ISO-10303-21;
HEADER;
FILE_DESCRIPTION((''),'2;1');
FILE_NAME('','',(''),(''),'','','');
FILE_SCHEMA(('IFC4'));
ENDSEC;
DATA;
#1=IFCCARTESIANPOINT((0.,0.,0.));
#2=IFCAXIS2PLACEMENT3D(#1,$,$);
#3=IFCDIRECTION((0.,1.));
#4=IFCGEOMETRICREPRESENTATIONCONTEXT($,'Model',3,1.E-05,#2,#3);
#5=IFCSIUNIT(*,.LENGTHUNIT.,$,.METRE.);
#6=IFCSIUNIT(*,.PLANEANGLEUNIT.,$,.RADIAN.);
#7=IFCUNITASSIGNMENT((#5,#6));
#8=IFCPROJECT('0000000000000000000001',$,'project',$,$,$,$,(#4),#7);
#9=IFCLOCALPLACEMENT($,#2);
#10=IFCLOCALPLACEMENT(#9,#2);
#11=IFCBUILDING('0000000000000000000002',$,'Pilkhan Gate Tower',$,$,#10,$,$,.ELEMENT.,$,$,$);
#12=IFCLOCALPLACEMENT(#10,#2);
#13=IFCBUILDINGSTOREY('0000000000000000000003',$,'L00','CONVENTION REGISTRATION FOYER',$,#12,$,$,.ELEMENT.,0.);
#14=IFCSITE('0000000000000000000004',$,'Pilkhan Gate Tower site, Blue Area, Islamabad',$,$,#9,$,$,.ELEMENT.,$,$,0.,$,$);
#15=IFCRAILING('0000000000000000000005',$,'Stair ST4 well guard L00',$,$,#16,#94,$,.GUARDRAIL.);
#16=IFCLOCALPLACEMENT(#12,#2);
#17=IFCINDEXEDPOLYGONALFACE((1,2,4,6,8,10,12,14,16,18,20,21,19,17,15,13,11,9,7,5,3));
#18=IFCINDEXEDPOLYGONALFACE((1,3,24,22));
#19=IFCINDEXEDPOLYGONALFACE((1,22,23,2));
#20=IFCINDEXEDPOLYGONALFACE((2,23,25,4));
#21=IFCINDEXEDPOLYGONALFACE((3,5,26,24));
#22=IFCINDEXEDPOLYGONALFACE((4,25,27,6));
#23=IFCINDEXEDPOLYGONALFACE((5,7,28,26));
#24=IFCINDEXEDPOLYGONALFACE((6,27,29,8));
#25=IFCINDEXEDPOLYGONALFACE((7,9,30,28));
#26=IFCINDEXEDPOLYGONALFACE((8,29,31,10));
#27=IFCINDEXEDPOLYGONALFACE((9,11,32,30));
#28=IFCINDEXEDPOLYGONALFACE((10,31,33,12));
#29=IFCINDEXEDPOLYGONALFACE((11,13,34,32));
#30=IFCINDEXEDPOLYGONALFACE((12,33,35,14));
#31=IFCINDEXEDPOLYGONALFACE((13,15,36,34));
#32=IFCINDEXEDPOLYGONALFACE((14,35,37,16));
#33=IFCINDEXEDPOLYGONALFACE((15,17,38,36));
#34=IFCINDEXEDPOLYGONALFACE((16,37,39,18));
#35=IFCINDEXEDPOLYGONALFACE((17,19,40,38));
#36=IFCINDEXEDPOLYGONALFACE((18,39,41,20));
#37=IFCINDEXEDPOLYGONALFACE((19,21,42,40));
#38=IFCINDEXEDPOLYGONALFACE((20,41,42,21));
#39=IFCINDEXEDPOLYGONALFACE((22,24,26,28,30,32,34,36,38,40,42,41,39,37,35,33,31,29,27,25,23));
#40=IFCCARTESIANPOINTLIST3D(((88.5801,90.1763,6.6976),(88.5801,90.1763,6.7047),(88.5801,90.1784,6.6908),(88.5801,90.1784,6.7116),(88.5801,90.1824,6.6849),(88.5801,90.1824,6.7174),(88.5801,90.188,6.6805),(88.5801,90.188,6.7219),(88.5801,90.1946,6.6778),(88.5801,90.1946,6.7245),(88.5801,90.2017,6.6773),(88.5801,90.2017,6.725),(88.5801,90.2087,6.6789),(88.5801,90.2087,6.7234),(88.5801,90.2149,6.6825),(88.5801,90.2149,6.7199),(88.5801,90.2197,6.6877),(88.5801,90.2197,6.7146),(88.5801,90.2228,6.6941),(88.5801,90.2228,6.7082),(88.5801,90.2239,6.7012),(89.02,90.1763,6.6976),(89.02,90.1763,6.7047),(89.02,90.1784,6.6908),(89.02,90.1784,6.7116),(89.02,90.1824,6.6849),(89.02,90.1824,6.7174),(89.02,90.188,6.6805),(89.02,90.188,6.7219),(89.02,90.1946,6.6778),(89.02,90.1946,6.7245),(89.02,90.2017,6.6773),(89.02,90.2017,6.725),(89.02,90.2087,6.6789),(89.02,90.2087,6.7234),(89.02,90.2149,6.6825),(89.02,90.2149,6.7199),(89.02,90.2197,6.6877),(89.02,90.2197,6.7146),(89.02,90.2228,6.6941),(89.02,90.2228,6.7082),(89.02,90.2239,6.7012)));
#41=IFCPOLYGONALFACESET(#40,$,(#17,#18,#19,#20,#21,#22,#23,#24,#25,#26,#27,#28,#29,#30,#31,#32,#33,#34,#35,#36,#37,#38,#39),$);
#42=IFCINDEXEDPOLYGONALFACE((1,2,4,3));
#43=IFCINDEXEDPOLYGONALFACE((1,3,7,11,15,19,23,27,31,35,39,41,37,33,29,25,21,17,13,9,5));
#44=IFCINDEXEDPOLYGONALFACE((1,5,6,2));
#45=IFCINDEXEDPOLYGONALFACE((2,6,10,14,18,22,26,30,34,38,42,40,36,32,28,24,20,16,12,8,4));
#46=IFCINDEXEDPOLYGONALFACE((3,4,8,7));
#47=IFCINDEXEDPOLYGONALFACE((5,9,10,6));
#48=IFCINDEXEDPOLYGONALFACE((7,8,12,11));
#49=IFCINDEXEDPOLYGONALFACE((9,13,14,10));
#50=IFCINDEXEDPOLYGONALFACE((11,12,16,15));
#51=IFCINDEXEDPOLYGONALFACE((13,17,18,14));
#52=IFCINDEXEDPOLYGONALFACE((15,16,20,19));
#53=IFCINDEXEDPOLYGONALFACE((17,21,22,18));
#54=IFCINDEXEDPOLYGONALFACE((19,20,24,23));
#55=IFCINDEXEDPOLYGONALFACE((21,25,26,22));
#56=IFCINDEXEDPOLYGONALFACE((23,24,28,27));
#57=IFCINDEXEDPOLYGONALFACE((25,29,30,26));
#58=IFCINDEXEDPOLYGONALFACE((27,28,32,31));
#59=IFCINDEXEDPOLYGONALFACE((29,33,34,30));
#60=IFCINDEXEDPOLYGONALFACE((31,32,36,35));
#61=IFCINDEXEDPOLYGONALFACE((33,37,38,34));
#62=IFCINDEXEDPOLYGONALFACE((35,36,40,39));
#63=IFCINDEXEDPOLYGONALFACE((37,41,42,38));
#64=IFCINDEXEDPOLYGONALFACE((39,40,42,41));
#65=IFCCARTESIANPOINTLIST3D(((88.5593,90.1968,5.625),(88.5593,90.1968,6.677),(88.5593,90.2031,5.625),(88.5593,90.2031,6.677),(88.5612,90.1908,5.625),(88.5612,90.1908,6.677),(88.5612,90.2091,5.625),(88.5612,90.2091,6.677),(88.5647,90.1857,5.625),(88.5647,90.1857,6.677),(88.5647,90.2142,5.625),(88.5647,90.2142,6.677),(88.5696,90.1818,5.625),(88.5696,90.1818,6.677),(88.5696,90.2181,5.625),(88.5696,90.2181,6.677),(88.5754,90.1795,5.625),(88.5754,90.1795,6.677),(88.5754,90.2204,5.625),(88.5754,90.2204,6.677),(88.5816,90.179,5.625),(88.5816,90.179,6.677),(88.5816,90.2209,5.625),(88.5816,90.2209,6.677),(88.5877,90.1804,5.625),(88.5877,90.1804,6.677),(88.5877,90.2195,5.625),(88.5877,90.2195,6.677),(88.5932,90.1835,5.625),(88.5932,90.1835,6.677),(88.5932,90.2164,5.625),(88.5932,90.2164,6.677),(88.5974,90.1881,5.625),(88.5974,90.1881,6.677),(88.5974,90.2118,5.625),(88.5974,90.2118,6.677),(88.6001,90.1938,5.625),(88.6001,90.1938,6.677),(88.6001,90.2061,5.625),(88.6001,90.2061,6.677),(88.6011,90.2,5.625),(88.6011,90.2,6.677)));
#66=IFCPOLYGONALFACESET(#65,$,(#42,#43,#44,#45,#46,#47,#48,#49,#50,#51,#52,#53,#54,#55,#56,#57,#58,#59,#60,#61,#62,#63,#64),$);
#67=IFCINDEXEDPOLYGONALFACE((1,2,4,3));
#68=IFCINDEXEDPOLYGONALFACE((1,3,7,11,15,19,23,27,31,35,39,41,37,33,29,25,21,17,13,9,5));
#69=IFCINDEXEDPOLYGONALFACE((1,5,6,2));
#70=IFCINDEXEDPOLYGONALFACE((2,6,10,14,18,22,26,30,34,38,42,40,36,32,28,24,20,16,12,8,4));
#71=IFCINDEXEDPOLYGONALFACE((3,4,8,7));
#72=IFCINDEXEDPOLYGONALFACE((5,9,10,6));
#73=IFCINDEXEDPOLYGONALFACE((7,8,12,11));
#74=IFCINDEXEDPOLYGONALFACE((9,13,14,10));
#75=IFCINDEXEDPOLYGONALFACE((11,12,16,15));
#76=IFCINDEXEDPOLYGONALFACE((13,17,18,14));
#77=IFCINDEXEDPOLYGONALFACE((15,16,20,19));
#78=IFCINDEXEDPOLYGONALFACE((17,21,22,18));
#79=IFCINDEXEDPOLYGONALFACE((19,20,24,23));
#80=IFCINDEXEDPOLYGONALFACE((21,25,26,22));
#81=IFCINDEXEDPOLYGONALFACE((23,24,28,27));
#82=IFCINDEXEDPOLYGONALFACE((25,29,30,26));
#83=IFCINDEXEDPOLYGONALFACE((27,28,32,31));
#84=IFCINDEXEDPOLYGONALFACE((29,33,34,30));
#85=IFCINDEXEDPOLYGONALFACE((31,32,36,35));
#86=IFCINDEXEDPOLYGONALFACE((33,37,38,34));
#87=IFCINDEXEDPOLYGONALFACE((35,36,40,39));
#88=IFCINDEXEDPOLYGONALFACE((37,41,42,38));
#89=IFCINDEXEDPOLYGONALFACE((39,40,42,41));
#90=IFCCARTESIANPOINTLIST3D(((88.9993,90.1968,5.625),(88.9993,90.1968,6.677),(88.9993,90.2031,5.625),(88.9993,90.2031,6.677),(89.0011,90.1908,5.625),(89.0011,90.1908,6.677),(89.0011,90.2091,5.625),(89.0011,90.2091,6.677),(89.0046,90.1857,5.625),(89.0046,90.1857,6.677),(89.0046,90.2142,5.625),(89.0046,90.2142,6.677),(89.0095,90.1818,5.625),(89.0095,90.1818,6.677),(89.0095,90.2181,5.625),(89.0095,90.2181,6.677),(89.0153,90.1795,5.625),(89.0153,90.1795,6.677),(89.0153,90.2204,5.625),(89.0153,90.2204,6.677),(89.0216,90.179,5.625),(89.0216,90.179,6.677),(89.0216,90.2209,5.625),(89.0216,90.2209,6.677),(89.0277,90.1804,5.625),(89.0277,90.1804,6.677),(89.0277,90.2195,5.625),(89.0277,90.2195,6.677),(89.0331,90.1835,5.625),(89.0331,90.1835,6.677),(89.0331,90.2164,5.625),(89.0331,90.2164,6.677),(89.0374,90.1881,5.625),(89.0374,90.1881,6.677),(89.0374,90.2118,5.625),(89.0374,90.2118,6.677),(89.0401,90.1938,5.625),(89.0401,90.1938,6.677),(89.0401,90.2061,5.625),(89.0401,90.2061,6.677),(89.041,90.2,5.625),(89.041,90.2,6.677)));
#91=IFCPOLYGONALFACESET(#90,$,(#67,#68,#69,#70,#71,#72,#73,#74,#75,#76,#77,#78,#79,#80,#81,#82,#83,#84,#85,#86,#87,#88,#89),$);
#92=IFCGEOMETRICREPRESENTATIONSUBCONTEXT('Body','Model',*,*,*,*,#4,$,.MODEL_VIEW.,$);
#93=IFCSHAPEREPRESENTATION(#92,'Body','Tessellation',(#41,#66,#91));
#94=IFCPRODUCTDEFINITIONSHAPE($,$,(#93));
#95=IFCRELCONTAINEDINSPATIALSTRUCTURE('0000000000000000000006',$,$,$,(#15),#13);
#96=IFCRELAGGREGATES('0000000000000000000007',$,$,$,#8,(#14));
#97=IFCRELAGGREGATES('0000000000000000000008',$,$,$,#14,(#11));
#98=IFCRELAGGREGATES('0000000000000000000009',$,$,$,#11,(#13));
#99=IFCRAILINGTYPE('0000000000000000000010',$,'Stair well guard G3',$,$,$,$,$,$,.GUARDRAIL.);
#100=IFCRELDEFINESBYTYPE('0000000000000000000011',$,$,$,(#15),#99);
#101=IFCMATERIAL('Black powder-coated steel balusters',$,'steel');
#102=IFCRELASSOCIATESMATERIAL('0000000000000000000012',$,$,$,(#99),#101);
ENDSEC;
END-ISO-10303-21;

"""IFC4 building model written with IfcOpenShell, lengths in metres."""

from ifc_helpers import new_model, si_unit, direction, frame, origin, origin_2d, place, context, subcontext, project, spatial, circle, extrude, material, type_object, element, save


model = new_model("IFC4")

# Units and contexts
model_context = context("Model", 3, precision=1e-05, world=origin(), true_north=direction((0.0, 1.0)))
body_context = subcontext(model_context, "Body", "Model", "MODEL_VIEW")
ifc_project = project(units=[si_unit("LENGTHUNIT", "METRE"), si_unit("PLANEANGLEUNIT", "RADIAN")], contexts=[model_context])

# Site, building, storey
site_placement = place(None, origin())
site = spatial("IfcSite", under=ifc_project, at=site_placement, Name="Pilkhan Gate Tower site, Blue Area, Islamabad", CompositionType="ELEMENT", RefElevation=0.0)
building_placement = place(site_placement, origin())
building = spatial("IfcBuilding", under=site, at=building_placement, Name="Pilkhan Gate Tower", CompositionType="ELEMENT")
storey_placement = place(building_placement, origin())
storey = spatial("IfcBuildingStorey", under=building, at=storey_placement, Name="L00", Description="CONVENTION REGISTRATION FOYER", CompositionType="ELEMENT", Elevation=0.0)

# Railing
ifc_material_1 = material(Name="Black powder-coated steel balusters", Category="steel")
railing_type = type_object("IfcRailingType", Name="Stair well guard G3", PredefinedType="GUARDRAIL", material=ifc_material_1)
for number, where, name in (
    (1, (88.5801, 90.2, 5.625), "Stair ST4 well guard L00"),
):
    element("IfcRailing", number, at=place(storey_placement, frame(where)), inside=storey, type_object=railing_type, Name=name, PredefinedType="GUARDRAIL", context=body_context, shape_type="SweptSolid", body=[
        extrude(circle(Radius=0.0239, at=origin_2d()), frame((0.0, 0.0, 1.0762), z_axis=(1.0, 0.0, 0.0), x_axis=(0.0, 1.0, 0.0)), (0.0, 0.0, 1.0), 0.4399),
        extrude(circle(Radius=0.021, at=origin_2d()), origin(), (0.0, 0.0, 1.0), 1.052),
        extrude(circle(Radius=0.021, at=origin_2d()), frame((0.4399, 0.0, 0.0)), (0.0, 0.0, 1.0), 1.052),
    ])

save(model, "model.ifc")
